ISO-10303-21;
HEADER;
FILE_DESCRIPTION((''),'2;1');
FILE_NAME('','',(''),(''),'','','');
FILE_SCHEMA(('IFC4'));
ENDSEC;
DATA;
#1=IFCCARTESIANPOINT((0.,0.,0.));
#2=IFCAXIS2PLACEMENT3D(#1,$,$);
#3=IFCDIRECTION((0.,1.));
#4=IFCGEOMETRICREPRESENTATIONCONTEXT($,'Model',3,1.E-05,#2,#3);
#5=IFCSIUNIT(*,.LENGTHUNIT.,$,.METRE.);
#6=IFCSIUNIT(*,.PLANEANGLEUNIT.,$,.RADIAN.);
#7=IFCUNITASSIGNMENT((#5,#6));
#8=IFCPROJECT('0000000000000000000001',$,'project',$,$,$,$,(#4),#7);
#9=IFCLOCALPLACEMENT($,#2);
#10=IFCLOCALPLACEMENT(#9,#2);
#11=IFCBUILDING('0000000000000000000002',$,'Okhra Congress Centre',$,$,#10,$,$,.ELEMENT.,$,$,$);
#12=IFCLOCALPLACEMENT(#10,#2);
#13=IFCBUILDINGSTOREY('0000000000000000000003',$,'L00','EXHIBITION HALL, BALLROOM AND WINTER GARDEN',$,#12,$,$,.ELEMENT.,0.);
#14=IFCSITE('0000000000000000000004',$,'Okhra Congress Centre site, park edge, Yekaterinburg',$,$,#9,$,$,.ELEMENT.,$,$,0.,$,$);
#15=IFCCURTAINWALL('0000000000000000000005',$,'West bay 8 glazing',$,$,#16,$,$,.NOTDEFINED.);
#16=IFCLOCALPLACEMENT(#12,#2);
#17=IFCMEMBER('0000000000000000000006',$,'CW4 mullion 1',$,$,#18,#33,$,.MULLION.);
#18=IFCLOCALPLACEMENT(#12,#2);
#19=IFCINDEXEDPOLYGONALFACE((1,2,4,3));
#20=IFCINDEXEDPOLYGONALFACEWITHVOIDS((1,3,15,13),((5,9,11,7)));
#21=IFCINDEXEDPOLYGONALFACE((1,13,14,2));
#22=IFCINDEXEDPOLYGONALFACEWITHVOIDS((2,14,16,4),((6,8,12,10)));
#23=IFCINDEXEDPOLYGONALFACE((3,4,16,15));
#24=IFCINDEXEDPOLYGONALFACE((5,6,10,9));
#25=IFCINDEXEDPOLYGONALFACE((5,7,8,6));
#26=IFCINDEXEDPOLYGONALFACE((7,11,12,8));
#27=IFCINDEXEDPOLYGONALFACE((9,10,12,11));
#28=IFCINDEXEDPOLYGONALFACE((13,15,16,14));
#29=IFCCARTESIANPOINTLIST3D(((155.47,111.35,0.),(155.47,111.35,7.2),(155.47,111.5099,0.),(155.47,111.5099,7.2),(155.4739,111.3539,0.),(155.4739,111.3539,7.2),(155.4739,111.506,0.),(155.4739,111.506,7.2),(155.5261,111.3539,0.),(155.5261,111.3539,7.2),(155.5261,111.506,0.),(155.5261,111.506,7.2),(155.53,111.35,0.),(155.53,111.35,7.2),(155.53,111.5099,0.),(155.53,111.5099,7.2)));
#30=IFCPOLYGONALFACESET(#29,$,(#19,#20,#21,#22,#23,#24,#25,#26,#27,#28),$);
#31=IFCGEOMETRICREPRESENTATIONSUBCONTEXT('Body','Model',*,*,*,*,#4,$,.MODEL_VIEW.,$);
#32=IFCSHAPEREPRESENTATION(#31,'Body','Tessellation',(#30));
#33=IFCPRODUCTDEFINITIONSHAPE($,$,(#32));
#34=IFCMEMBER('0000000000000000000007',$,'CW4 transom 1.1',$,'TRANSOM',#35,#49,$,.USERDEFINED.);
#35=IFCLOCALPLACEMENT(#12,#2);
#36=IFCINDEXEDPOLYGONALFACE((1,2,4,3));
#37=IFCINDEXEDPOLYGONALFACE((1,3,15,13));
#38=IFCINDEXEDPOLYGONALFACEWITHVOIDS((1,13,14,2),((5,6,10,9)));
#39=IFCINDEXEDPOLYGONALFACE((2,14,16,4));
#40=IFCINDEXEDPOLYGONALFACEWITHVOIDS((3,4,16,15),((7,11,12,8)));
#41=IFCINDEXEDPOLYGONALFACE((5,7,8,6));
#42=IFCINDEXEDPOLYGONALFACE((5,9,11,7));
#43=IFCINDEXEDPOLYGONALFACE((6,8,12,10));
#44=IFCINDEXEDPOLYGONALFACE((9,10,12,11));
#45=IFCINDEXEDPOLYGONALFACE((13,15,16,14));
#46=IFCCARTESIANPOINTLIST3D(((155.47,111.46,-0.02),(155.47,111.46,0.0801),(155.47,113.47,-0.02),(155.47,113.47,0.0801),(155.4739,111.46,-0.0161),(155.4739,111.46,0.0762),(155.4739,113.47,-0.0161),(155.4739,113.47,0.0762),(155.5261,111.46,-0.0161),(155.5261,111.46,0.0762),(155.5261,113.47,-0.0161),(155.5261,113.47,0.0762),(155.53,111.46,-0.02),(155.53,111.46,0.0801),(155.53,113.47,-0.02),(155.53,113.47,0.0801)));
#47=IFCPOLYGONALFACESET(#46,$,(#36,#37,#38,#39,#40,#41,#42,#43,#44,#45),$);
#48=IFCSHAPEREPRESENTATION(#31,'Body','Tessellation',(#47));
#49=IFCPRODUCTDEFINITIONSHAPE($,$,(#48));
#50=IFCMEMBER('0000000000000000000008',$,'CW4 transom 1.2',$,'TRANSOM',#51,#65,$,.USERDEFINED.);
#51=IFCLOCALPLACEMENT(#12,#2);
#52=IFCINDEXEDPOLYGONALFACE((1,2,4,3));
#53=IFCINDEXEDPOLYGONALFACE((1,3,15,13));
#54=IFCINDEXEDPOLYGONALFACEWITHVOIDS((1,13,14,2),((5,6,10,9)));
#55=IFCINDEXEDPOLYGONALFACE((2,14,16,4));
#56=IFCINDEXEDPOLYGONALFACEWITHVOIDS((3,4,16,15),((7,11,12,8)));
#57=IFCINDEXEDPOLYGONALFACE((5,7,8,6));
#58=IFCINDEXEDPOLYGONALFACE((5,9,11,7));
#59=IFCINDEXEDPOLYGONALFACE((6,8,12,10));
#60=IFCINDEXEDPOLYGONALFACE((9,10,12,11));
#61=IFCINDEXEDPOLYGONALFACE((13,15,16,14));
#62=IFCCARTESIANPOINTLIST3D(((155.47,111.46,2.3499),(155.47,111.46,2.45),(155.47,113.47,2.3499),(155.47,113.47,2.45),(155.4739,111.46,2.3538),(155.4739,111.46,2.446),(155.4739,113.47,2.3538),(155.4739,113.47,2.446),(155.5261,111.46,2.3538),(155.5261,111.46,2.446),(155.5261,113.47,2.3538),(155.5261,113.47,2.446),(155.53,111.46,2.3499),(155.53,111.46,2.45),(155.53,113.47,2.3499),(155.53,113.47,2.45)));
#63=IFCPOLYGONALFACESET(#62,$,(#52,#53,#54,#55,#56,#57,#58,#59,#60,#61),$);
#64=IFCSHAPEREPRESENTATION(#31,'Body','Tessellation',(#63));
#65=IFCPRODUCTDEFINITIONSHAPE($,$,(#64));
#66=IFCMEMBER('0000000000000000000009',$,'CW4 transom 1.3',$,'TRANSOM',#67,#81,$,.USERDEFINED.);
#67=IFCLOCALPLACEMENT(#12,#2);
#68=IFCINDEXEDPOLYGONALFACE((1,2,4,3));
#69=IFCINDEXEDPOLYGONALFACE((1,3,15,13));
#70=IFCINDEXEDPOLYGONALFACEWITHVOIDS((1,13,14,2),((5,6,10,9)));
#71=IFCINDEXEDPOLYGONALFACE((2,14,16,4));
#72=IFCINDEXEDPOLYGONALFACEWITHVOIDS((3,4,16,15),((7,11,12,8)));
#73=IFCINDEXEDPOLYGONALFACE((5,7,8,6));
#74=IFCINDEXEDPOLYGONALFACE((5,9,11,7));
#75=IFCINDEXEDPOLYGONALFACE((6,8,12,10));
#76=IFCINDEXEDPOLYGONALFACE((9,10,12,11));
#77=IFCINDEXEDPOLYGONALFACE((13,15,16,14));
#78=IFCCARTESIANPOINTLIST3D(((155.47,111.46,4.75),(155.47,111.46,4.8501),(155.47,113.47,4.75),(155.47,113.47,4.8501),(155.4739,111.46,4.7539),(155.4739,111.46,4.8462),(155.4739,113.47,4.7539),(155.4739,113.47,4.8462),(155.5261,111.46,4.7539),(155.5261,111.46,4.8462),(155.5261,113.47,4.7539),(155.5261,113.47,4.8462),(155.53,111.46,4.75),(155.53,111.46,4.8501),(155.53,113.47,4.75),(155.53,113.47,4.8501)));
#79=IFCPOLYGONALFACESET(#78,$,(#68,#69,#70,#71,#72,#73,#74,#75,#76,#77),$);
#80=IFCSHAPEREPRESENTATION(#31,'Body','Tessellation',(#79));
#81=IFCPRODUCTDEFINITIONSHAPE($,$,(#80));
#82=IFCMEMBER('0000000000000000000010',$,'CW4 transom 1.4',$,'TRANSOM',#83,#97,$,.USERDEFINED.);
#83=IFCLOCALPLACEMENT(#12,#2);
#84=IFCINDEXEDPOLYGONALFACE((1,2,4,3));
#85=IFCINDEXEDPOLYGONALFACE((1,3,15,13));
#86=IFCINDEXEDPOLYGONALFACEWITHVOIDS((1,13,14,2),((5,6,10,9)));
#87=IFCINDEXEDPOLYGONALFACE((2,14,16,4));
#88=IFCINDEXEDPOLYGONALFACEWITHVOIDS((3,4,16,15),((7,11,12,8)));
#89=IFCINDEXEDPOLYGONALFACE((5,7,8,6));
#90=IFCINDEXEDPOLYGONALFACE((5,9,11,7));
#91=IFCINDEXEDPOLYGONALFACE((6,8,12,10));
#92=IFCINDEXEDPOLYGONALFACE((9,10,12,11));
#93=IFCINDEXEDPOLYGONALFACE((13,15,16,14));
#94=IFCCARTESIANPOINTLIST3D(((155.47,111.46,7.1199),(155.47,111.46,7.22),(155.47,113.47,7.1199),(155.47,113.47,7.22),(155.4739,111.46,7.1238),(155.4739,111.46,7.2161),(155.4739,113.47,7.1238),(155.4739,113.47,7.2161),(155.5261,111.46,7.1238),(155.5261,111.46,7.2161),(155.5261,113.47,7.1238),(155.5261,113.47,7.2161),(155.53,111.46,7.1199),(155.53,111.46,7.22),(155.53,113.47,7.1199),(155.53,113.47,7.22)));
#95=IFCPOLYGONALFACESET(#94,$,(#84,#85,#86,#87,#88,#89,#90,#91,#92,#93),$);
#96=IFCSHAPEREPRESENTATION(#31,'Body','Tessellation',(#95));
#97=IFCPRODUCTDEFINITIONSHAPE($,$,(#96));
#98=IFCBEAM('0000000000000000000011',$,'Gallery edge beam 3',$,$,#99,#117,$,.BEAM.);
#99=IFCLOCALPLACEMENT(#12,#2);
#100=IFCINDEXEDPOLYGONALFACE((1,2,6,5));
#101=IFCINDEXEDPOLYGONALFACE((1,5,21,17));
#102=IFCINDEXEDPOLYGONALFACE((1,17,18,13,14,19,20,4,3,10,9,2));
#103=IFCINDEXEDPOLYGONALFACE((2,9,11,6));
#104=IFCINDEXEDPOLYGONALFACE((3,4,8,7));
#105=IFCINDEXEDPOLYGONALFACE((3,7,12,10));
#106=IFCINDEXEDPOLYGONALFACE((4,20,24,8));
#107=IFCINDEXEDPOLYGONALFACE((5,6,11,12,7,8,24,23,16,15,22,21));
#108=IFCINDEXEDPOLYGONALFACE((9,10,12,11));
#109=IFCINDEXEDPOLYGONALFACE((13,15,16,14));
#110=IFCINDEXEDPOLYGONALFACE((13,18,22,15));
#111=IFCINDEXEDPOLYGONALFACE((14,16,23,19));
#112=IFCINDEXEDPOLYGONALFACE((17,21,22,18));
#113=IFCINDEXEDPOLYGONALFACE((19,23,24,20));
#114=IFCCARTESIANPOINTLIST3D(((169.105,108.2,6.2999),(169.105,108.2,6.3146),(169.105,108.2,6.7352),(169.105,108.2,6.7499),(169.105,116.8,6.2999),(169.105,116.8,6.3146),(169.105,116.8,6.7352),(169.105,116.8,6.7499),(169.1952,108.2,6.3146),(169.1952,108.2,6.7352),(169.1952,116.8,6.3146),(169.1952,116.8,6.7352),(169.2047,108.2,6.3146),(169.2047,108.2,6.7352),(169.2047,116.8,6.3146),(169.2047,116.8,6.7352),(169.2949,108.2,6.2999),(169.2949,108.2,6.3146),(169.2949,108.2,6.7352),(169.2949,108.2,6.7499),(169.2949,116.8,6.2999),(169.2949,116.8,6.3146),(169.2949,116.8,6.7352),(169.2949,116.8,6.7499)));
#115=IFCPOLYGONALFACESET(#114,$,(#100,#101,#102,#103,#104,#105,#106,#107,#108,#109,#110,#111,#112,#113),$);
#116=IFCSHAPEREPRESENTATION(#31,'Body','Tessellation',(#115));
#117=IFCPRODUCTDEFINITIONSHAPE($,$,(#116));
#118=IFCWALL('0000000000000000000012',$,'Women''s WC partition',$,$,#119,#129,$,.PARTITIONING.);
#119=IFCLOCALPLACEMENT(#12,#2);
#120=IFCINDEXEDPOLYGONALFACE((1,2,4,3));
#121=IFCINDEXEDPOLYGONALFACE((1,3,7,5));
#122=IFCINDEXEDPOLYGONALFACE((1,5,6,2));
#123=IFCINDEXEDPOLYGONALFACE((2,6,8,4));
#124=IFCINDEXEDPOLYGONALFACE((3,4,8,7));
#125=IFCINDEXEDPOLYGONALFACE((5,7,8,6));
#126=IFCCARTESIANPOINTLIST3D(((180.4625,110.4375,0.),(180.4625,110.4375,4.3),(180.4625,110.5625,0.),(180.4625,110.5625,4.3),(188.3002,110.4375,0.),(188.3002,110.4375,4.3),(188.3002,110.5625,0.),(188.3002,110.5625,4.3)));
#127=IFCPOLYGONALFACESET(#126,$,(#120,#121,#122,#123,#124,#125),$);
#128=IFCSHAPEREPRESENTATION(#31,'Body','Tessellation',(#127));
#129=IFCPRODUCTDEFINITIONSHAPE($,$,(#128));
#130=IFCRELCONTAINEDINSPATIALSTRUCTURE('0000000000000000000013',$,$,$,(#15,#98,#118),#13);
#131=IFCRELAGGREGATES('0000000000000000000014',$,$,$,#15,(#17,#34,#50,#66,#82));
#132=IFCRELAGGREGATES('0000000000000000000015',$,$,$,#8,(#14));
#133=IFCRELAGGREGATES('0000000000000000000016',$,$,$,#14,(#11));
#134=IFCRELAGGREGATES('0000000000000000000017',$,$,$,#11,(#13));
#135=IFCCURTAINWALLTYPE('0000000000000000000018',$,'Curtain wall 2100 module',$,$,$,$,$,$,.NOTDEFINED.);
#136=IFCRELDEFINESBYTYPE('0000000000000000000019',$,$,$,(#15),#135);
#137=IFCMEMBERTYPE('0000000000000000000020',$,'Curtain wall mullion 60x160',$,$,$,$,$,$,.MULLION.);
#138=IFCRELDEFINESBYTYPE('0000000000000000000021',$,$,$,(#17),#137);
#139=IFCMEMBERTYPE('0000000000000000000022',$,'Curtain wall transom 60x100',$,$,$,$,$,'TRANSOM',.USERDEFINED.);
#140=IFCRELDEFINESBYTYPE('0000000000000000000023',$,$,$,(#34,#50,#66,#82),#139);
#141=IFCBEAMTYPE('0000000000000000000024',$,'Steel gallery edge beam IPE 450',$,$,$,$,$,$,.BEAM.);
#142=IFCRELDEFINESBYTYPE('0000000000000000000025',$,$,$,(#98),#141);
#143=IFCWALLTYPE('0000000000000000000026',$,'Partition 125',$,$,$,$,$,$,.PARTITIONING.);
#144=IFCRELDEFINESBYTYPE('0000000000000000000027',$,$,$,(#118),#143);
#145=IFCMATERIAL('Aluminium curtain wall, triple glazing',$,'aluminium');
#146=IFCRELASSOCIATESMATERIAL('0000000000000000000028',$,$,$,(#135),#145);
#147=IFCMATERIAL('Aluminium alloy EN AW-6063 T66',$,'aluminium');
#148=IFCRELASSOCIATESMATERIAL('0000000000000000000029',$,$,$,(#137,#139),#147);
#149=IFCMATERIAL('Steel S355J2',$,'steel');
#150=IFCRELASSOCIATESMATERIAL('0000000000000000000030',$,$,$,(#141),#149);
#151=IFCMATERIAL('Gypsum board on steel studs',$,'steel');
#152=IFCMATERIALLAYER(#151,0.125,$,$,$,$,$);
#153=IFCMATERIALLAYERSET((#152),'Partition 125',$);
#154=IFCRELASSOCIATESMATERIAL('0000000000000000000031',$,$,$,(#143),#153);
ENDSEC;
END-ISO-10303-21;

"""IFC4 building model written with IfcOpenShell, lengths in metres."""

from ifc_helpers import new_model, si_unit, direction, frame, frame_2d, origin, origin_2d, place, context, subcontext, project, spatial, rectangle, hollow_rectangle, i_section, extrude, material, layer, layer_set, material_profile, profile_set, type_object, element, aggregate, save


model = new_model("IFC4")

# Units and contexts
model_context = context("Model", 3, precision=1e-05, world=origin(), true_north=direction((0.0, 1.0)))
body_context = subcontext(model_context, "Body", "Model", "MODEL_VIEW")
ifc_project = project(units=[si_unit("LENGTHUNIT", "METRE"), si_unit("PLANEANGLEUNIT", "RADIAN")], contexts=[model_context])

# Site, building, storey
site_placement = place(None, origin())
site = spatial("IfcSite", under=ifc_project, at=site_placement, Name="Okhra Congress Centre site, park edge, Yekaterinburg", CompositionType="ELEMENT", RefElevation=0.0)
building_placement = place(site_placement, origin())
building = spatial("IfcBuilding", under=site, at=building_placement, Name="Okhra Congress Centre", CompositionType="ELEMENT")
storey_placement = place(building_placement, origin())
storey = spatial("IfcBuildingStorey", under=building, at=storey_placement, Name="L00", Description="EXHIBITION HALL, BALLROOM AND WINTER GARDEN", CompositionType="ELEMENT", Elevation=0.0)

# Shared definitions
ifc_material_1 = material(Name="Aluminium curtain wall, triple glazing", Category="aluminium")
curtain_wall_type = type_object("IfcCurtainWallType", Name="Curtain wall 2100 module", PredefinedType="NOTDEFINED", material=ifc_material_1)
ifc_material_2 = material(Name="Aluminium alloy EN AW-6063 T66", Category="aluminium")
ifc_material_profile_1 = material_profile(ifc_material_2, hollow_rectangle(XDim=0.0601, YDim=0.1599, WallThickness=0.0039, at=origin_2d()), Name="RHS 60x160x4")
ifc_profile_set_1 = profile_set([ifc_material_profile_1], Name="Aluminium alloy EN AW-6063 T66")
member_type_1 = type_object("IfcMemberType", Name="Curtain wall mullion 60x160", PredefinedType="MULLION", material=ifc_profile_set_1)

# Curtain wall, members
curtain_wall_1_placement = place(storey_placement, origin())
curtain_wall_1 = element("IfcCurtainWall", 1, at=curtain_wall_1_placement, inside=storey, type_object=curtain_wall_type, Name="West bay 8 glazing", PredefinedType="NOTDEFINED")
member_1_placement = place(storey_placement, frame((155.5, 111.4299, 0.0), z_axis=(0.0, 0.0, 1.0), x_axis=(-1.0, 0.0, 0.0)))
member_1 = element("IfcMember", 2, at=member_1_placement, type_object=member_type_1, Name="CW4 mullion 1", PredefinedType="MULLION", context=body_context, shape_type="SweptSolid", body=[
    extrude(hollow_rectangle(XDim=0.0601, YDim=0.1599, WallThickness=0.0039, at=origin_2d()), origin(), (0.0, 0.0, 1.0), 7.2),
])
ifc_material_profile_2 = material_profile(ifc_material_2, hollow_rectangle(XDim=0.0601, YDim=0.1001, WallThickness=0.0039, at=origin_2d()), Name="RHS 60x100x4")
ifc_profile_set_2 = profile_set([ifc_material_profile_2], Name="Aluminium alloy EN AW-6063 T66")
member_type_2 = type_object("IfcMemberType", Name="Curtain wall transom 60x100", ElementType="TRANSOM", PredefinedType="USERDEFINED", material=ifc_profile_set_2)
member_2_placement = place(storey_placement, frame((155.5, 111.46, 0.03), z_axis=(0.0, 1.0, 0.0), x_axis=(-1.0, 0.0, 0.0)))
member_2 = element("IfcMember", 3, at=member_2_placement, type_object=member_type_2, Name="CW4 transom 1.1", ObjectType="TRANSOM", PredefinedType="USERDEFINED", context=body_context, shape_type="SweptSolid", body=[
    extrude(hollow_rectangle(XDim=0.0601, YDim=0.1001, WallThickness=0.0039, at=origin_2d()), origin(), (0.0, 0.0, 1.0), 2.01),
])
member_3_placement = place(storey_placement, frame((155.5, 111.46, 2.3999), z_axis=(0.0, 1.0, 0.0), x_axis=(-1.0, 0.0, 0.0)))
member_3 = element("IfcMember", 4, at=member_3_placement, type_object=member_type_2, Name="CW4 transom 1.2", ObjectType="TRANSOM", PredefinedType="USERDEFINED", context=body_context, shape_type="SweptSolid", body=[
    extrude(hollow_rectangle(XDim=0.0601, YDim=0.1001, WallThickness=0.0039, at=origin_2d()), origin(), (0.0, 0.0, 1.0), 2.01),
])
member_4_placement = place(storey_placement, frame((155.5, 111.46, 4.8), z_axis=(0.0, 1.0, 0.0), x_axis=(-1.0, 0.0, 0.0)))
member_4 = element("IfcMember", 5, at=member_4_placement, type_object=member_type_2, Name="CW4 transom 1.3", ObjectType="TRANSOM", PredefinedType="USERDEFINED", context=body_context, shape_type="SweptSolid", body=[
    extrude(hollow_rectangle(XDim=0.0601, YDim=0.1001, WallThickness=0.0039, at=origin_2d()), origin(), (0.0, 0.0, 1.0), 2.01),
])
member_5_placement = place(storey_placement, frame((155.5, 111.46, 7.1699), z_axis=(0.0, 1.0, 0.0), x_axis=(-1.0, 0.0, 0.0)))
member_5 = element("IfcMember", 6, at=member_5_placement, type_object=member_type_2, Name="CW4 transom 1.4", ObjectType="TRANSOM", PredefinedType="USERDEFINED", context=body_context, shape_type="SweptSolid", body=[
    extrude(hollow_rectangle(XDim=0.0601, YDim=0.1001, WallThickness=0.0039, at=origin_2d()), origin(), (0.0, 0.0, 1.0), 2.01),
])
aggregate(curtain_wall_1, [member_1, member_2, member_3, member_4, member_5])

# Beam
ifc_material_3 = material(Name="Steel S355J2", Category="steel")
ifc_material_profile_3 = material_profile(ifc_material_3, i_section(OverallWidth=0.1899, OverallDepth=0.45, WebThickness=0.0095, FlangeThickness=0.0146, at=origin_2d()), Name="IPE 450")
ifc_profile_set_3 = profile_set([ifc_material_profile_3], Name="Steel S355J2")
beam_type = type_object("IfcBeamType", Name="Steel gallery edge beam IPE 450", PredefinedType="BEAM", material=ifc_profile_set_3)
beam_placement = place(storey_placement, frame((169.2, 108.2, 6.5249), z_axis=(0.0, 1.0, 0.0), x_axis=(-1.0, 0.0, 0.0)))
element("IfcBeam", 7, at=beam_placement, inside=storey, type_object=beam_type, Name="Gallery edge beam 3", PredefinedType="BEAM", context=body_context, shape_type="SweptSolid", body=[
    extrude(i_section(OverallWidth=0.1899, OverallDepth=0.45, WebThickness=0.0095, FlangeThickness=0.0146, at=origin_2d()), origin(), (0.0, 0.0, 1.0), 8.6001),
])

# Wall
ifc_material_4 = material(Name="Gypsum board on steel studs", Category="steel")
ifc_layer_1 = layer(ifc_material_4, 0.125)
ifc_layer_set_1 = layer_set([ifc_layer_1], Name="Partition 125")
wall_type_1 = type_object("IfcWallType", Name="Partition 125", PredefinedType="PARTITIONING", material=ifc_layer_set_1)
wall_1_placement = place(storey_placement, frame((180.4624, 110.5, 0.0), z_axis=(0.0, 0.0, 1.0), x_axis=(1.0, 0.0, 0.0)))
element("IfcWall", 8, at=wall_1_placement, inside=storey, type_object=wall_type_1, Name="Women's WC partition", PredefinedType="PARTITIONING", context=body_context, shape_type="SweptSolid", body=[
    extrude(rectangle(XDim=7.8376, YDim=0.125, at=frame_2d((3.9189, 0.0))), origin(), (0.0, 0.0, 1.0), 4.3),
])

save(model, "model.ifc")
